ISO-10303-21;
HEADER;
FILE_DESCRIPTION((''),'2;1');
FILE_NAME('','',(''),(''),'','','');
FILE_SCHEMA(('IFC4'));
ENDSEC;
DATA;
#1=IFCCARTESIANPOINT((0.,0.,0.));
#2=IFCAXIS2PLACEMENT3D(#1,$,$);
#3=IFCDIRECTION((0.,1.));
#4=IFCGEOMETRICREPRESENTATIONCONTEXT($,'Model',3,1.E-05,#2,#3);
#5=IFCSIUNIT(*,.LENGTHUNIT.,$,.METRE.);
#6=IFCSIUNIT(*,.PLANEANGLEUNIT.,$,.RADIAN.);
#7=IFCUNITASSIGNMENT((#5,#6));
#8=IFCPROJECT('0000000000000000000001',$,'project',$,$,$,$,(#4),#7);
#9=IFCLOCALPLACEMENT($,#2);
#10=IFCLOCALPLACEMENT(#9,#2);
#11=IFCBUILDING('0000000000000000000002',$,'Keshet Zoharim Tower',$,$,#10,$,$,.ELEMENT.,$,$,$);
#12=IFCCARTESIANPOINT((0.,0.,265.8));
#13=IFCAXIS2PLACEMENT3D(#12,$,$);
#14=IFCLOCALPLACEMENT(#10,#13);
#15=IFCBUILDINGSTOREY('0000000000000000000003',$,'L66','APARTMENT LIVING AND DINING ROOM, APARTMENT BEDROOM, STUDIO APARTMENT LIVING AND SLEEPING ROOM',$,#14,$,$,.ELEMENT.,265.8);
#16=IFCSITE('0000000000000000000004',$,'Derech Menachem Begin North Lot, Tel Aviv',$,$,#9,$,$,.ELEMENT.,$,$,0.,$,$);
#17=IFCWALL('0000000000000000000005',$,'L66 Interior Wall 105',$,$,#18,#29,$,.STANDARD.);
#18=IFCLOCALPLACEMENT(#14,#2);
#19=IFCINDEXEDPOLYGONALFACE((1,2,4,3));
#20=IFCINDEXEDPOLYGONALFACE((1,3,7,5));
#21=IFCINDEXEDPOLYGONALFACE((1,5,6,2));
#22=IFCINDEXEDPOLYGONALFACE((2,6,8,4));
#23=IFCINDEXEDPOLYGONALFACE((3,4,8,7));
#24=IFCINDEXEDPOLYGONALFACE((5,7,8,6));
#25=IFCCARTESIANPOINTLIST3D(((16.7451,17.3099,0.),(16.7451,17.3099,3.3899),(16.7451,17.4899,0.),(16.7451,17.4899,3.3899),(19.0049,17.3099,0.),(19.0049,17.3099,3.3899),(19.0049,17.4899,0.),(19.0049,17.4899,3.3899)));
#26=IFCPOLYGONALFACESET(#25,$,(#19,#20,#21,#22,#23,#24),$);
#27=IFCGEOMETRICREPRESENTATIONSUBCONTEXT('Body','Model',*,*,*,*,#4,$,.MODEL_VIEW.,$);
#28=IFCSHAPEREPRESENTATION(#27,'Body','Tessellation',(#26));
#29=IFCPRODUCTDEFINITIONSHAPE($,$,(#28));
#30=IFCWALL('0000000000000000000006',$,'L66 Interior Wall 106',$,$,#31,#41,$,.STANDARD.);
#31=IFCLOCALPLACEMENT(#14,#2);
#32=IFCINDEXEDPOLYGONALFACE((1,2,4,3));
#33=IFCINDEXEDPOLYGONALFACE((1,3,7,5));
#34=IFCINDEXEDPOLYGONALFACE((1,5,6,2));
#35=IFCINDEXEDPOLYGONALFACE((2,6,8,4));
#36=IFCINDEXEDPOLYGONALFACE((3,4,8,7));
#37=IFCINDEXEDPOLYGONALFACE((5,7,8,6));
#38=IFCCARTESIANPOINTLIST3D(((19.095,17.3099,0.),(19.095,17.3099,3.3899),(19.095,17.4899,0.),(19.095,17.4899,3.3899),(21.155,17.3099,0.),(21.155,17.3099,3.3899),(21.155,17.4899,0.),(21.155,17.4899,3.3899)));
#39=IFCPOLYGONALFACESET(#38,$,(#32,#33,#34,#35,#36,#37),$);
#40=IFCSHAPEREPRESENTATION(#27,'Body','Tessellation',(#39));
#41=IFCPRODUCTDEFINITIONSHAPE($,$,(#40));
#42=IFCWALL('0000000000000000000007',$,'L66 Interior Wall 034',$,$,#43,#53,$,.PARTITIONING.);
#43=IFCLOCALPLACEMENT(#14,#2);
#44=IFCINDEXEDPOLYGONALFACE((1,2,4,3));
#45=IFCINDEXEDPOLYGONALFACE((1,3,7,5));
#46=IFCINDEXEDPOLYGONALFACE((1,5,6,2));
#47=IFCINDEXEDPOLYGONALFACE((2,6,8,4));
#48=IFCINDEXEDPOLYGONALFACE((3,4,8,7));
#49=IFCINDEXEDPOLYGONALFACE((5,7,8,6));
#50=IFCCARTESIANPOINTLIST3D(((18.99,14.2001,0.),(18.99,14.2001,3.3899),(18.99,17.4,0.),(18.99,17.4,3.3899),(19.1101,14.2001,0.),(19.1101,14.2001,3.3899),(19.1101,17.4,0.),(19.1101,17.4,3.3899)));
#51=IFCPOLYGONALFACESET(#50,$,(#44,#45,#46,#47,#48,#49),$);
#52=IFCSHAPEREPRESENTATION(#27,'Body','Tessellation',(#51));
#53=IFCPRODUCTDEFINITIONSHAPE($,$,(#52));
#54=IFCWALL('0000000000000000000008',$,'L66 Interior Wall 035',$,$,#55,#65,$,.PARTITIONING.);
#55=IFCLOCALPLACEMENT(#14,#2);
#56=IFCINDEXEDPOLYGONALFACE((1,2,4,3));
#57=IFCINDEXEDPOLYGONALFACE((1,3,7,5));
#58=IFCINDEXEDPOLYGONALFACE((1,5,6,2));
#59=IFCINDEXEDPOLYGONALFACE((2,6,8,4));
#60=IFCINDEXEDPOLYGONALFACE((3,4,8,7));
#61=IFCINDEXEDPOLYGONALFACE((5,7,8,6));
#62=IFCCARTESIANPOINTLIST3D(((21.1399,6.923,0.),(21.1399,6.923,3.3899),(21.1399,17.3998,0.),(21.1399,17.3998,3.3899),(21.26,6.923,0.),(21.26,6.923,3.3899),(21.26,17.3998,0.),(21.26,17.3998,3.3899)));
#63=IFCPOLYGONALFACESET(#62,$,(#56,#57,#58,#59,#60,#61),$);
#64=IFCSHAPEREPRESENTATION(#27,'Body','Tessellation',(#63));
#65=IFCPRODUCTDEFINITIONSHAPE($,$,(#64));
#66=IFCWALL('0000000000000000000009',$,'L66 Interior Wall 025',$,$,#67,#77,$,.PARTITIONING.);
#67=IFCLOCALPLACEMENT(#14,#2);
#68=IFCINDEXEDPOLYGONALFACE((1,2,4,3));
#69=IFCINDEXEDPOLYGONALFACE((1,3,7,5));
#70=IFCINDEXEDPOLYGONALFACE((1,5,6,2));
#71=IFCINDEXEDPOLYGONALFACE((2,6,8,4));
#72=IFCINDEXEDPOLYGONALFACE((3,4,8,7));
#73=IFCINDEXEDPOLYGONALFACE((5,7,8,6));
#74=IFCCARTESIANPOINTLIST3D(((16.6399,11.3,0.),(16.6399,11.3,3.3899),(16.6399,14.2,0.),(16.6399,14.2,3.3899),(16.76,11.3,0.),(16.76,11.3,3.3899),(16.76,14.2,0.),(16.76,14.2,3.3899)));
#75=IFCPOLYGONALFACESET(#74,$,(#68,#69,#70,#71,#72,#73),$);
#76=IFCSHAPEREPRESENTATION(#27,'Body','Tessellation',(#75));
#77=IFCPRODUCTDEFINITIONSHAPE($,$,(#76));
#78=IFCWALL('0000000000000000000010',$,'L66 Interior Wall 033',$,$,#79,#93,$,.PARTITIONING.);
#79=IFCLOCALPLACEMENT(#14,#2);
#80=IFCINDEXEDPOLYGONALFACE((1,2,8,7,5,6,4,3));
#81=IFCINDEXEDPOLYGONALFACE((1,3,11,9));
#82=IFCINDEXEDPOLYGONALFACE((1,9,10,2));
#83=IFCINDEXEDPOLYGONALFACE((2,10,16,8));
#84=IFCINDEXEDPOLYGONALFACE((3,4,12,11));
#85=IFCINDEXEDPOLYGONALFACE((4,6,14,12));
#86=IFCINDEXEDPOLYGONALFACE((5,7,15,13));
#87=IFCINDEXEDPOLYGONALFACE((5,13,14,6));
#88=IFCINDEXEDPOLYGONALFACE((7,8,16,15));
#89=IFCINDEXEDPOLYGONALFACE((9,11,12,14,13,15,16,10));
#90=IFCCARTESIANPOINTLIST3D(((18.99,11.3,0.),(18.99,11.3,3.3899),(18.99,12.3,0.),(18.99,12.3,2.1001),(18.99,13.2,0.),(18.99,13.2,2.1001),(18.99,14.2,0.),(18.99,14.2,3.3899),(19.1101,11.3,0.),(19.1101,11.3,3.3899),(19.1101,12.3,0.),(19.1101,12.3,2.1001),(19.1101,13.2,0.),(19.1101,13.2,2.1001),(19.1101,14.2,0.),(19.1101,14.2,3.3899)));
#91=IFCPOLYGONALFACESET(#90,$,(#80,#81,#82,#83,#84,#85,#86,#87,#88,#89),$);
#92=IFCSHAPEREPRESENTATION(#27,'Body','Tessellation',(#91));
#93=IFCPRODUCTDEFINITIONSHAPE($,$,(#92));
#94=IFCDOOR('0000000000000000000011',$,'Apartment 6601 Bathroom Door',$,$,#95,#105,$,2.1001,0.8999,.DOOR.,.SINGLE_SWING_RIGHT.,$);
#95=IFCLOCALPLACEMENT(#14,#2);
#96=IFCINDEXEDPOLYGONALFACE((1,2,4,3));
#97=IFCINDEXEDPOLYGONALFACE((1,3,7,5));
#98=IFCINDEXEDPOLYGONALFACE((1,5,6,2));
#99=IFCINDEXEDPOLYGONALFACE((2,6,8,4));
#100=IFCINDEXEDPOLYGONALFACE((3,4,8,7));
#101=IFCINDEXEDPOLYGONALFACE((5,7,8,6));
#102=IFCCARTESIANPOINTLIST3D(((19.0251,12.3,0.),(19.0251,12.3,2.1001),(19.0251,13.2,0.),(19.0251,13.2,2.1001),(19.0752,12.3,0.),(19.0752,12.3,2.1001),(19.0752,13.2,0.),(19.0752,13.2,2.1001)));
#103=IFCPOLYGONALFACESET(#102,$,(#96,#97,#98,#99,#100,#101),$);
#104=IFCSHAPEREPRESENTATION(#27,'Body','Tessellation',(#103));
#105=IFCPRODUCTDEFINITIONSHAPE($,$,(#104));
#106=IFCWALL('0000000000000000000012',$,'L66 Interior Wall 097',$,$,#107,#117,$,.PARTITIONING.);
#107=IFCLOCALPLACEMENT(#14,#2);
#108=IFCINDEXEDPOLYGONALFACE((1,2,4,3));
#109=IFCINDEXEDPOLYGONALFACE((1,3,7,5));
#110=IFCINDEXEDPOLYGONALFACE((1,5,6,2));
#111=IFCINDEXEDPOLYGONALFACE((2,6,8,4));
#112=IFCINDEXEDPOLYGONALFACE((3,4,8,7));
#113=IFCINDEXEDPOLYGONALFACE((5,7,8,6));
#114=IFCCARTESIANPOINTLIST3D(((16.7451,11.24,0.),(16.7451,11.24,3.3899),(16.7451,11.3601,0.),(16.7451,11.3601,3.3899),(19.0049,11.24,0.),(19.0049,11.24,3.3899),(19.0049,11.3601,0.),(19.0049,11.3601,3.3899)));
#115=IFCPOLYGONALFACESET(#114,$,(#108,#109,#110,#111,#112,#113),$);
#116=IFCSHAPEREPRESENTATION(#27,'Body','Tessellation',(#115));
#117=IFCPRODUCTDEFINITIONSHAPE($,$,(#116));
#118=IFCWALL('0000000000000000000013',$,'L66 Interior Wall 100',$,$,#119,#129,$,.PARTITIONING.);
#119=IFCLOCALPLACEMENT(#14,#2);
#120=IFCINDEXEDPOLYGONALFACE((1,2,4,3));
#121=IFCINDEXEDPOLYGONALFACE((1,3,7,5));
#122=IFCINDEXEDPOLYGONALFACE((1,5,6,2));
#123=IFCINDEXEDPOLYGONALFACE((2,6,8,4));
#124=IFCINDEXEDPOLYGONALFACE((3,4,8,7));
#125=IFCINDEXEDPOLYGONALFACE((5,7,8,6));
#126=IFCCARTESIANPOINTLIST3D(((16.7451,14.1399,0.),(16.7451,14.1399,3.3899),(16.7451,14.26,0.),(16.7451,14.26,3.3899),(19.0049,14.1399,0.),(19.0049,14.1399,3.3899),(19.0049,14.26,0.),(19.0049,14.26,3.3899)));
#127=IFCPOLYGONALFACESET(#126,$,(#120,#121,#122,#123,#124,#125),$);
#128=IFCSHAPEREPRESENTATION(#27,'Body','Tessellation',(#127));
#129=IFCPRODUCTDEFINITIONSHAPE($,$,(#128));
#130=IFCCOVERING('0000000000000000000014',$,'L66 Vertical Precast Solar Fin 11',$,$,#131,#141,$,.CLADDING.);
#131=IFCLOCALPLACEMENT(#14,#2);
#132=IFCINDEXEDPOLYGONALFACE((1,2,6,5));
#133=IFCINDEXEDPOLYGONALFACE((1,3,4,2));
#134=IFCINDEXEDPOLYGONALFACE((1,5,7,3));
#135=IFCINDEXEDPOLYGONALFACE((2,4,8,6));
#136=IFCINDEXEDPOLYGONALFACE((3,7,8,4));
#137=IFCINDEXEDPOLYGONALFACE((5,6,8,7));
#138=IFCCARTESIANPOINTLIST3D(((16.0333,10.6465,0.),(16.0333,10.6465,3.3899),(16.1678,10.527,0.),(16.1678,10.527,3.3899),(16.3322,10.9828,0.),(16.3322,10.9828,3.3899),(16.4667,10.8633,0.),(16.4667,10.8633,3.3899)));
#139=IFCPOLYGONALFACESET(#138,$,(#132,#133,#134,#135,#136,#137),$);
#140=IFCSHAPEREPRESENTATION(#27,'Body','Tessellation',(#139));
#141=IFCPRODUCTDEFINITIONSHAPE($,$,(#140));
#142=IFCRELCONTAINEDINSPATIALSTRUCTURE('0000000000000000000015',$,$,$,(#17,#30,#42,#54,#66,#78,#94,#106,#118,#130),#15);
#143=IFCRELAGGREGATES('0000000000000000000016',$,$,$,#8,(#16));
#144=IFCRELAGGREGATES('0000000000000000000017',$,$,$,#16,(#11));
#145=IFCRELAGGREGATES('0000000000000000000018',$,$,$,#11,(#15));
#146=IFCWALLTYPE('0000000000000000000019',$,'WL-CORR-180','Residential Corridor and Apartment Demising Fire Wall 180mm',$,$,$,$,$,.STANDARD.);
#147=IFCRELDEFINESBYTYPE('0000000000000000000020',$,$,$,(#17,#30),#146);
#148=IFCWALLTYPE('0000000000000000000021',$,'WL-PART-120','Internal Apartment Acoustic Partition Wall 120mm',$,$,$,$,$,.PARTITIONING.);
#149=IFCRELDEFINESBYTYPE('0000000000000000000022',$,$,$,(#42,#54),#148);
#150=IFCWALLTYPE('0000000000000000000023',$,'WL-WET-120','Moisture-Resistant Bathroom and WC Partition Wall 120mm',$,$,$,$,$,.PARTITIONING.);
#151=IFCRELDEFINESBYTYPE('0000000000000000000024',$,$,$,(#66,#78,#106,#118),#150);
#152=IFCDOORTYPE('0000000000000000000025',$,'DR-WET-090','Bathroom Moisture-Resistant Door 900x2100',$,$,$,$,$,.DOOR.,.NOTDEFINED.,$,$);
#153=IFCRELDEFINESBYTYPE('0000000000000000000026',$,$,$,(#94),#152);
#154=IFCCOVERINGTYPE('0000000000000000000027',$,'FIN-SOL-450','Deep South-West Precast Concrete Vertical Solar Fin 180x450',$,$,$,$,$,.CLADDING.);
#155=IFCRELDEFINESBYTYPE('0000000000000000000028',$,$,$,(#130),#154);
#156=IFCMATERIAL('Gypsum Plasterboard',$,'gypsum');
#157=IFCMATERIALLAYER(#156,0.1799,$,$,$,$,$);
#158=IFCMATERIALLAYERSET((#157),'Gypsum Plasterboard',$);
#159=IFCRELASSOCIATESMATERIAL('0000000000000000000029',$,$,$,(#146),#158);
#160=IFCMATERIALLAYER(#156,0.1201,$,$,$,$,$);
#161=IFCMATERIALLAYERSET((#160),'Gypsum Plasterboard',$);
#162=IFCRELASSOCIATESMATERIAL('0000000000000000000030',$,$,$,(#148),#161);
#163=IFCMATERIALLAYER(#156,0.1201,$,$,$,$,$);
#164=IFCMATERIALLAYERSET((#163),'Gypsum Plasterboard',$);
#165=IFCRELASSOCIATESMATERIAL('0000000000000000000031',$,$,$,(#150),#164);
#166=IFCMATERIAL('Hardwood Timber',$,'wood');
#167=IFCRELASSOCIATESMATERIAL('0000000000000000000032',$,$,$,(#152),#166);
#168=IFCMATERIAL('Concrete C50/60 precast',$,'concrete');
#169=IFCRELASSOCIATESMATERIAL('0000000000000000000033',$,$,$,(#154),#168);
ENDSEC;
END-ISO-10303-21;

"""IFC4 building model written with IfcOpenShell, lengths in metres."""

from ifc_helpers import new_model, si_unit, direction, frame, frame_2d, origin, origin_2d, place, context, subcontext, project, spatial, rectangle, extrude, material, layer, layer_set, type_object, element, fill, save


model = new_model("IFC4")

# Units and contexts
model_context = context("Model", 3, precision=1e-05, world=origin(), true_north=direction((0.0, 1.0)))
body_context = subcontext(model_context, "Body", "Model", "MODEL_VIEW")
ifc_project = project(units=[si_unit("LENGTHUNIT", "METRE"), si_unit("PLANEANGLEUNIT", "RADIAN")], contexts=[model_context])

# Site, building, storey
site_placement = place(None, origin())
site = spatial("IfcSite", under=ifc_project, at=site_placement, Name="Derech Menachem Begin North Lot, Tel Aviv", CompositionType="ELEMENT", RefElevation=0.0)
building_placement = place(site_placement, origin())
building = spatial("IfcBuilding", under=site, at=building_placement, Name="Keshet Zoharim Tower", CompositionType="ELEMENT")
storey_placement = place(building_placement, frame((0.0, 0.0, 265.8)))
storey = spatial("IfcBuildingStorey", under=building, at=storey_placement, Name="L66", Description="APARTMENT LIVING AND DINING ROOM, APARTMENT BEDROOM, STUDIO APARTMENT LIVING AND SLEEPING ROOM", CompositionType="ELEMENT", Elevation=265.8)

# Shared definitions
ifc_material_1 = material(Name="Gypsum Plasterboard", Category="gypsum")
ifc_material_2 = material(Name="Hardwood Timber", Category="wood")

# Walls
ifc_layer_1 = layer(ifc_material_1, 0.1799)
ifc_layer_set_1 = layer_set([ifc_layer_1], Name="Gypsum Plasterboard")
wall_type_1 = type_object("IfcWallType", Name="WL-CORR-180", Description="Residential Corridor and Apartment Demising Fire Wall 180mm", PredefinedType="STANDARD", material=ifc_layer_set_1)
wall_1_placement = place(storey_placement, frame((16.7451, 17.3999, 0.0), z_axis=(0.0, 0.0, 1.0), x_axis=(1.0, 0.0, 0.0)))
element("IfcWall", 1, at=wall_1_placement, inside=storey, type_object=wall_type_1, Name="L66 Interior Wall 105", PredefinedType="STANDARD", context=body_context, shape_type="SweptSolid", body=[
    extrude(rectangle(XDim=2.2598, YDim=0.1799, at=frame_2d((1.1299, 0.0))), origin(), (0.0, 0.0, 1.0), 3.3899),
])
wall_2_placement = place(storey_placement, frame((19.095, 17.3999, 0.0), z_axis=(0.0, 0.0, 1.0), x_axis=(1.0, 0.0, 0.0)))
element("IfcWall", 2, at=wall_2_placement, inside=storey, type_object=wall_type_1, Name="L66 Interior Wall 106", PredefinedType="STANDARD", context=body_context, shape_type="SweptSolid", body=[
    extrude(rectangle(XDim=2.0601, YDim=0.1799, at=frame_2d((1.03, 0.0))), origin(), (0.0, 0.0, 1.0), 3.3899),
])

# Shared definitions
ifc_layer_2 = layer(ifc_material_1, 0.1201)
ifc_layer_set_2 = layer_set([ifc_layer_2], Name="Gypsum Plasterboard")
wall_type_2 = type_object("IfcWallType", Name="WL-PART-120", Description="Internal Apartment Acoustic Partition Wall 120mm", PredefinedType="PARTITIONING", material=ifc_layer_set_2)

# Walls
wall_3_placement = place(storey_placement, frame((19.05, 14.2, 0.0), z_axis=(0.0, 0.0, 1.0), x_axis=(0.0, 1.0, 0.0)))
element("IfcWall", 3, at=wall_3_placement, inside=storey, type_object=wall_type_2, Name="L66 Interior Wall 034", PredefinedType="PARTITIONING", context=body_context, shape_type="SweptSolid", body=[
    extrude(rectangle(XDim=3.2, YDim=0.1201, at=frame_2d((1.6001, 0.0))), origin(), (0.0, 0.0, 1.0), 3.3899),
])
wall_4_placement = place(storey_placement, frame((21.2, 6.9231, 0.0), z_axis=(0.0, 0.0, 1.0), x_axis=(0.0, 1.0, 0.0)))
element("IfcWall", 4, at=wall_4_placement, inside=storey, type_object=wall_type_2, Name="L66 Interior Wall 035", PredefinedType="PARTITIONING", context=body_context, shape_type="SweptSolid", body=[
    extrude(rectangle(XDim=10.4768, YDim=0.1201, at=frame_2d((5.2383, 0.0))), origin(), (0.0, 0.0, 1.0), 3.3899),
])
ifc_layer_3 = layer(ifc_material_1, 0.1201)
ifc_layer_set_3 = layer_set([ifc_layer_3], Name="Gypsum Plasterboard")
wall_type_3 = type_object("IfcWallType", Name="WL-WET-120", Description="Moisture-Resistant Bathroom and WC Partition Wall 120mm", PredefinedType="PARTITIONING", material=ifc_layer_set_3)
wall_5_placement = place(storey_placement, frame((16.7, 11.3, 0.0), z_axis=(0.0, 0.0, 1.0), x_axis=(0.0, 1.0, 0.0)))
element("IfcWall", 5, at=wall_5_placement, inside=storey, type_object=wall_type_3, Name="L66 Interior Wall 025", PredefinedType="PARTITIONING", context=body_context, shape_type="SweptSolid", body=[
    extrude(rectangle(XDim=2.8999, YDim=0.1201, at=frame_2d((1.45, 0.0))), origin(), (0.0, 0.0, 1.0), 3.3899),
])

# Wall, opening, door
wall_6_placement = place(storey_placement, frame((19.05, 11.3, 0.0), z_axis=(0.0, 0.0, 1.0), x_axis=(0.0, 1.0, 0.0)))
wall_6 = element("IfcWall", 6, at=wall_6_placement, inside=storey, type_object=wall_type_3, Name="L66 Interior Wall 033", PredefinedType="PARTITIONING", context=body_context, shape_type="SweptSolid", body=[
    extrude(rectangle(XDim=2.8999, YDim=0.1201, at=frame_2d((1.45, 0.0))), origin(), (0.0, 0.0, 1.0), 3.3899),
])
opening_1_placement = place(wall_6_placement, frame((1.0, 0.0, 0.0)))
opening_1 = element("IfcOpeningElement", 7, at=opening_1_placement, cuts=wall_6, PredefinedType="OPENING", context=body_context, shape_type="SweptSolid", body=[
    extrude(rectangle(XDim=0.8999, YDim=2.1001, at=frame_2d((0.45, 1.05))), frame((0.0, 0.0701, 0.0), z_axis=(0.0, -1.0, 0.0), x_axis=(1.0, 0.0, 0.0)), (0.0, 0.0, 1.0), 0.1401),
])
door_type_1 = type_object("IfcDoorType", Name="DR-WET-090", Description="Bathroom Moisture-Resistant Door 900x2100", OperationType="NOTDEFINED", PredefinedType="DOOR", material=ifc_material_2)
door_1_placement = place(opening_1_placement, origin())
door_1 = element("IfcDoor", 8, at=door_1_placement, inside=storey, type_object=door_type_1, Name="Apartment 6601 Bathroom Door", OperationType="SINGLE_SWING_RIGHT", OverallHeight=2.1001, OverallWidth=0.8999, PredefinedType="DOOR", context=body_context, shape_type="SweptSolid", body=[
    extrude(rectangle(XDim=0.8999, YDim=2.1001, at=frame_2d((0.45, 1.05))), frame((0.0, 0.0249, 0.0), z_axis=(0.0, -1.0, 0.0), x_axis=(1.0, 0.0, 0.0)), (0.0, 0.0, 1.0), 0.05),
])
fill(opening_1, door_1)

# Walls
for number, where, z_axis, x_axis, name in (
    (9, (16.7451, 11.3, 0.0), (0.0, 0.0, 1.0), (1.0, 0.0, 0.0), "L66 Interior Wall 097"),
    (10, (16.7451, 14.2, 0.0), (0.0, 0.0, 1.0), (1.0, 0.0, 0.0), "L66 Interior Wall 100"),
):
    element("IfcWall", number, at=place(storey_placement, frame(where, z_axis=z_axis, x_axis=x_axis)), inside=storey, type_object=wall_type_3, Name=name, PredefinedType="PARTITIONING", context=body_context, shape_type="SweptSolid", body=[
        extrude(rectangle(XDim=2.2598, YDim=0.1201, at=frame_2d((1.1299, 0.0))), origin(), (0.0, 0.0, 1.0), 3.3899),
    ])

# Covering
ifc_material_3 = material(Name="Concrete C50/60 precast", Category="concrete")
covering_type = type_object("IfcCoveringType", Name="FIN-SOL-450", Description="Deep South-West Precast Concrete Vertical Solar Fin 180x450", PredefinedType="CLADDING", material=ifc_material_3)
covering_placement = place(storey_placement, frame((16.25, 10.7549, 0.0), z_axis=(0.0, 0.0, 1.0), x_axis=(-0.747412, 0.664361, 0.0)))
element("IfcCovering", 11, at=covering_placement, inside=storey, type_object=covering_type, Name="L66 Vertical Precast Solar Fin 11", PredefinedType="CLADDING", context=body_context, shape_type="SweptSolid", body=[
    extrude(rectangle(XDim=0.1799, YDim=0.45, at=origin_2d()), origin(), (0.0, 0.0, 1.0), 3.3899),
])

save(model, "model.ifc")
